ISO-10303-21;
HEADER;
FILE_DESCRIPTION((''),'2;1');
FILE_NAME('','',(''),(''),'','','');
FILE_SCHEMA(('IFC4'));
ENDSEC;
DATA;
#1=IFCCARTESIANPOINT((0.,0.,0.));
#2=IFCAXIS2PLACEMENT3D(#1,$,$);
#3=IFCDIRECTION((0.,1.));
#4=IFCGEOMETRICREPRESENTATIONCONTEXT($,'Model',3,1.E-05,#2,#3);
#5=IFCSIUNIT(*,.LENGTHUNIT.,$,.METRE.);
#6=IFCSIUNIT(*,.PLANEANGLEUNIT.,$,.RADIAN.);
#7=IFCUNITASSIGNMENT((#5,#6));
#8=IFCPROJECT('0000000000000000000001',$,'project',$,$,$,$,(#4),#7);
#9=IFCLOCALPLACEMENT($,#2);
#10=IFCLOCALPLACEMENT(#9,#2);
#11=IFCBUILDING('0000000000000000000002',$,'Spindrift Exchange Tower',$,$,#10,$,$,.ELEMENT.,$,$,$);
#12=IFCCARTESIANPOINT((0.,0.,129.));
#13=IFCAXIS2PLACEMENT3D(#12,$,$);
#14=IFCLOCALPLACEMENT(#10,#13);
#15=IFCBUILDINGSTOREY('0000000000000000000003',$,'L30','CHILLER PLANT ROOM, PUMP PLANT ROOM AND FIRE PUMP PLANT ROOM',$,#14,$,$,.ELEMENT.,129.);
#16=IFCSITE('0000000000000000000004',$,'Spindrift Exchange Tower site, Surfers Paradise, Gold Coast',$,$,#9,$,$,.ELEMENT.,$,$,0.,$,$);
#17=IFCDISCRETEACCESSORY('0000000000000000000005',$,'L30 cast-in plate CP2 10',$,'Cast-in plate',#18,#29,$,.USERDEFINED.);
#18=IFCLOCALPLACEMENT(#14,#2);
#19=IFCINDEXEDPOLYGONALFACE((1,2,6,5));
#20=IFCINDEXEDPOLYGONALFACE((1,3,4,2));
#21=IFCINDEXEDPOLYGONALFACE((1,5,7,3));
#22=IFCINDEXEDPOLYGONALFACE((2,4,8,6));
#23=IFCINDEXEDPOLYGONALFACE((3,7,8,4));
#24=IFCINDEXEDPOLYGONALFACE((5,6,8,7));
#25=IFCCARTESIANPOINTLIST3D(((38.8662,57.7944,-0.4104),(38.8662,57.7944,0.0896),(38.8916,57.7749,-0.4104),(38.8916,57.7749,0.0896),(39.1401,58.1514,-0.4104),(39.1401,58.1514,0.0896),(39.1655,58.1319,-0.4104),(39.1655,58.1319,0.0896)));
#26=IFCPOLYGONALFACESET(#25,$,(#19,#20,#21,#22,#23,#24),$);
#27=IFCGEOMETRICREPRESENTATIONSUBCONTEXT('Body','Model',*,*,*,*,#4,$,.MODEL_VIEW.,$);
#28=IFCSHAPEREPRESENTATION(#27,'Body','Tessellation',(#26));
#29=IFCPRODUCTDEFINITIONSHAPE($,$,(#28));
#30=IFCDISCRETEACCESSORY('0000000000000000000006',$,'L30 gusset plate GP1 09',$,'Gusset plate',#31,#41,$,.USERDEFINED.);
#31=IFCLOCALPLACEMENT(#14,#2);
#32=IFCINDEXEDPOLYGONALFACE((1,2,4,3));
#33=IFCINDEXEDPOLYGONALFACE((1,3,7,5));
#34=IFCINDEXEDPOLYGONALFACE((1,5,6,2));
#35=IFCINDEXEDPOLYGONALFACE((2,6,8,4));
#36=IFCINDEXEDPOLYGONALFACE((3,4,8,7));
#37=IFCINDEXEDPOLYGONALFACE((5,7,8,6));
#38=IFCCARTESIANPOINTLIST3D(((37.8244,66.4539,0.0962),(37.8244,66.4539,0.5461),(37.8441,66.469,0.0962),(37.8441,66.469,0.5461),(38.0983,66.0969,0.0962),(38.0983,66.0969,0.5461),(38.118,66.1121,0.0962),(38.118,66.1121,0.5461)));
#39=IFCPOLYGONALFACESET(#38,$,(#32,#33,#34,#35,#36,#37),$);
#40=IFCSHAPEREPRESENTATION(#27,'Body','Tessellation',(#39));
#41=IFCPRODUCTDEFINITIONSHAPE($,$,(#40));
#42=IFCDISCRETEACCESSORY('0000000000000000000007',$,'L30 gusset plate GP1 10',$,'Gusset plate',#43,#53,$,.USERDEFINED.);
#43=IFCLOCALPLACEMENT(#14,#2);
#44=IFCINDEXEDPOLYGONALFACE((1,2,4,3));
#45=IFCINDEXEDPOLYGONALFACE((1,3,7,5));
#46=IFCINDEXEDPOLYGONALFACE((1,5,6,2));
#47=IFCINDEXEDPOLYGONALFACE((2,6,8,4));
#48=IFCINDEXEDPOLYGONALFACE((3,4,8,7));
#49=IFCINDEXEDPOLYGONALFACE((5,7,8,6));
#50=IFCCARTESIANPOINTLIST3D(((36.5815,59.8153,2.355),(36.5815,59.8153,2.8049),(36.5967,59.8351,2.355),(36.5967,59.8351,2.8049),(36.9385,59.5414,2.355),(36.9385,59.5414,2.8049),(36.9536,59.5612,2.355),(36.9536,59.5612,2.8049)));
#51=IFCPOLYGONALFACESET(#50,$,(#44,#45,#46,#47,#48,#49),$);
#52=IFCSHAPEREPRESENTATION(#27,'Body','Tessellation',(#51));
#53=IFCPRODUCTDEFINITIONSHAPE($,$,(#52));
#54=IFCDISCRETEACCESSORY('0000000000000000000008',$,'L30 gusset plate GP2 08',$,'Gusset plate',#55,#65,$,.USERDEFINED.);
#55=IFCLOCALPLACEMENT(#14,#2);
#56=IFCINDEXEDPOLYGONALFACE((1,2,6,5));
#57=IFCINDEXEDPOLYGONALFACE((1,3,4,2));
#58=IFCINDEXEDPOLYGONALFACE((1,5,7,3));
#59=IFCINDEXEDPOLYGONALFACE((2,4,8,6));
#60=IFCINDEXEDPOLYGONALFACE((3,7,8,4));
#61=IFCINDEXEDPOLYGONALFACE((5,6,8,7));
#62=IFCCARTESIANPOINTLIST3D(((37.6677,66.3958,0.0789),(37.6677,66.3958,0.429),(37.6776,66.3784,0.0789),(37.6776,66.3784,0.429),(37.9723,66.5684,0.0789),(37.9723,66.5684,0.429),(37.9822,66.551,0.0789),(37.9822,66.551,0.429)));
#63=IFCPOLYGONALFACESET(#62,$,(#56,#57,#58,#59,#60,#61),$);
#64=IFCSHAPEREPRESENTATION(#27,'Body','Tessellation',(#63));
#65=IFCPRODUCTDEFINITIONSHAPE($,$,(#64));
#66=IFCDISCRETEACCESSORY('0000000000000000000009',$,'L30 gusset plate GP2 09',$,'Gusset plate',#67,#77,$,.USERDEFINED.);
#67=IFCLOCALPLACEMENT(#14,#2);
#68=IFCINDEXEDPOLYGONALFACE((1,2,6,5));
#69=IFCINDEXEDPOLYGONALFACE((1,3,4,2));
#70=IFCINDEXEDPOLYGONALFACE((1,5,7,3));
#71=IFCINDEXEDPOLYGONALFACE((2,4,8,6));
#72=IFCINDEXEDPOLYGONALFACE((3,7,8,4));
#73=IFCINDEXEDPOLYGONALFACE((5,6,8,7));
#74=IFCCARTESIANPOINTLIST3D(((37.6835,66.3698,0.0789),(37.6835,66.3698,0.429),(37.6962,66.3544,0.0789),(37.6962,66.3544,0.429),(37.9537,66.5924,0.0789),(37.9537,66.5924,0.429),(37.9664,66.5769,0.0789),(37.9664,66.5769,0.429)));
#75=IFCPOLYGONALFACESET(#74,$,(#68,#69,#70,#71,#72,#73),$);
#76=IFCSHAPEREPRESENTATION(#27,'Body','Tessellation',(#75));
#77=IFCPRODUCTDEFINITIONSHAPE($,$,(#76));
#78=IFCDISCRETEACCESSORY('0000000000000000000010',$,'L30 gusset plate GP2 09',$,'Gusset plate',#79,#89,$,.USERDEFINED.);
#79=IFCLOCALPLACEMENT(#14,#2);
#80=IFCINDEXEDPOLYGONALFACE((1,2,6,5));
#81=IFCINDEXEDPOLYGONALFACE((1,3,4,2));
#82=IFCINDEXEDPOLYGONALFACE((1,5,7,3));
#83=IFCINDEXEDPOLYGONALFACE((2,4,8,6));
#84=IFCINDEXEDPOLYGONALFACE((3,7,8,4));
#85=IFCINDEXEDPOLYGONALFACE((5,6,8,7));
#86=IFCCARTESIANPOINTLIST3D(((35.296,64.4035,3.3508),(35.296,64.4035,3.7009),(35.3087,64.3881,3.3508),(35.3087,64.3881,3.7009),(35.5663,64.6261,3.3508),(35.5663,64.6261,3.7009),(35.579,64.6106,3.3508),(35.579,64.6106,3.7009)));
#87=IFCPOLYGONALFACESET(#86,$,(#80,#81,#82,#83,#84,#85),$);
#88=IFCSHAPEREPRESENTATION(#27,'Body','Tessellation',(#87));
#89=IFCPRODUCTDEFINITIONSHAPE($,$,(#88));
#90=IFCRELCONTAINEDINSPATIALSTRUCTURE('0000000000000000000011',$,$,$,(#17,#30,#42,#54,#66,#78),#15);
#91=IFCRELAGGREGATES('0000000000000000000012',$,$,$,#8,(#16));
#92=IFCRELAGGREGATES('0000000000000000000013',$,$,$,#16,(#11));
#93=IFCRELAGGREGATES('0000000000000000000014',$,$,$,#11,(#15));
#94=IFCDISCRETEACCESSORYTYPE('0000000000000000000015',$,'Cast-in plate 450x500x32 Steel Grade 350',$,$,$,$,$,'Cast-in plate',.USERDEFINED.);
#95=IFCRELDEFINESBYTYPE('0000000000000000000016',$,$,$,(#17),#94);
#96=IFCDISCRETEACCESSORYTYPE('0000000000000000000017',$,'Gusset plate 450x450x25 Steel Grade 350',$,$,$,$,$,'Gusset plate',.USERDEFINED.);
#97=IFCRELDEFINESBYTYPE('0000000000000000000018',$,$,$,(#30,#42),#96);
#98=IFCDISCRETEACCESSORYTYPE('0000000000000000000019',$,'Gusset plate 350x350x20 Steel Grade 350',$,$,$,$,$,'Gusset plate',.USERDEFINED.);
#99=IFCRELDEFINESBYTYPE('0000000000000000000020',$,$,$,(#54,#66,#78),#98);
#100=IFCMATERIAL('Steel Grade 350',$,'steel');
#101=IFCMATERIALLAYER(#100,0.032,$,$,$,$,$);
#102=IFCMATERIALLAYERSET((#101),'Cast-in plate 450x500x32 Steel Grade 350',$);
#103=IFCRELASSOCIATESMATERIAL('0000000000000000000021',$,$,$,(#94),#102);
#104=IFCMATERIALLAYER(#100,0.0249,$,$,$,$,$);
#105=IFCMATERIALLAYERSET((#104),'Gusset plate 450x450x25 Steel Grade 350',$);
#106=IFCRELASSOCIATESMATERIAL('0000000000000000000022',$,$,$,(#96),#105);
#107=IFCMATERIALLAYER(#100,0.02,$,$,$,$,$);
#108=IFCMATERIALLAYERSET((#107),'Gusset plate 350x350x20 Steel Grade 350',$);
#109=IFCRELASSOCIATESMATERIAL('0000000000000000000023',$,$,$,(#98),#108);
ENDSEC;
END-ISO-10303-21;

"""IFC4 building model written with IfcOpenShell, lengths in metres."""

from ifc_helpers import new_model, si_unit, direction, frame, origin, origin_2d, place, context, subcontext, project, spatial, rectangle, extrude, source, transform, mapped, material, layer, layer_set, type_object, element, save


model = new_model("IFC4")

# Units and contexts
model_context = context("Model", 3, precision=1e-05, world=origin(), true_north=direction((0.0, 1.0)))
body_context = subcontext(model_context, "Body", "Model", "MODEL_VIEW")
ifc_project = project(units=[si_unit("LENGTHUNIT", "METRE"), si_unit("PLANEANGLEUNIT", "RADIAN")], contexts=[model_context])

# Site, building, storey
site_placement = place(None, origin())
site = spatial("IfcSite", under=ifc_project, at=site_placement, Name="Spindrift Exchange Tower site, Surfers Paradise, Gold Coast", CompositionType="ELEMENT", RefElevation=0.0)
building_placement = place(site_placement, origin())
building = spatial("IfcBuilding", under=site, at=building_placement, Name="Spindrift Exchange Tower", CompositionType="ELEMENT")
storey_placement = place(building_placement, frame((0.0, 0.0, 129.0)))
storey = spatial("IfcBuildingStorey", under=building, at=storey_placement, Name="L30", Description="CHILLER PLANT ROOM, PUMP PLANT ROOM AND FIRE PUMP PLANT ROOM", CompositionType="ELEMENT", Elevation=129.0)

# Shared definitions
ifc_material_1 = material(Name="Steel Grade 350", Category="steel")

# Discrete accessories
ifc_layer_1 = layer(ifc_material_1, 0.032)
ifc_layer_set_1 = layer_set([ifc_layer_1], Name="Cast-in plate 450x500x32 Steel Grade 350")
discrete_accessory_type_1 = type_object("IfcDiscreteAccessoryType", Name="Cast-in plate 450x500x32 Steel Grade 350", ElementType="Cast-in plate", PredefinedType="USERDEFINED", material=ifc_layer_set_1)
shared_shape_1 = source(origin(), body_context, "Body", "SweptSolid", [
    extrude(rectangle(XDim=0.032, YDim=0.45, at=origin_2d()), origin(), (0.0, 0.0, 1.0), 0.5),
])
discrete_accessory_1_placement = place(storey_placement, frame((39.0159, 57.9631, -0.4104), z_axis=(0.0, 0.0, 1.0), x_axis=(-0.793353, 0.608761, 0.0)))
element("IfcDiscreteAccessory", 1, at=discrete_accessory_1_placement, inside=storey, type_object=discrete_accessory_type_1, Name="L30 cast-in plate CP2 10", ObjectType="Cast-in plate", PredefinedType="USERDEFINED", context=body_context, shape_type="MappedRepresentation", body=[
    mapped(shared_shape_1, transform((0.0, 0.0, 0.0), scale=1.0)),
])
ifc_layer_2 = layer(ifc_material_1, 0.0249)
ifc_layer_set_2 = layer_set([ifc_layer_2], Name="Gusset plate 450x450x25 Steel Grade 350")
discrete_accessory_type_2 = type_object("IfcDiscreteAccessoryType", Name="Gusset plate 450x450x25 Steel Grade 350", ElementType="Gusset plate", PredefinedType="USERDEFINED", material=ifc_layer_set_2)
shared_shape_2 = source(origin(), body_context, "Body", "SweptSolid", [
    extrude(rectangle(XDim=0.45, YDim=0.0249, at=origin_2d()), origin(), (0.0, 0.0, 1.0), 0.45),
])
for number, where, z_axis, x_axis, name in (
    (2, (37.9712, 66.283, 0.0962), (0.0, 0.0, 1.0), (-0.608759, 0.793355, 0.0), "L30 gusset plate GP1 09"),
    (3, (36.7676, 59.6882, 2.355), (0.0, 0.0, 1.0), (-0.793352, 0.608763, 0.0), "L30 gusset plate GP1 10"),
):
    element("IfcDiscreteAccessory", number, at=place(storey_placement, frame(where, z_axis=z_axis, x_axis=x_axis)), inside=storey, type_object=discrete_accessory_type_2, Name=name, ObjectType="Gusset plate", PredefinedType="USERDEFINED", context=body_context, shape_type="MappedRepresentation", body=[
        mapped(shared_shape_2, transform((0.0, 0.0, 0.0), scale=1.0)),
    ])
ifc_layer_3 = layer(ifc_material_1, 0.02)
ifc_layer_set_3 = layer_set([ifc_layer_3], Name="Gusset plate 350x350x20 Steel Grade 350")
discrete_accessory_type_3 = type_object("IfcDiscreteAccessoryType", Name="Gusset plate 350x350x20 Steel Grade 350", ElementType="Gusset plate", PredefinedType="USERDEFINED", material=ifc_layer_set_3)
shared_shape_3 = source(origin(), body_context, "Body", "SweptSolid", [
    extrude(rectangle(XDim=0.3501, YDim=0.02, at=origin_2d()), origin(), (0.0, 0.0, 1.0), 0.3501),
])
for number, where, z_axis, x_axis, name in (
    (4, (37.825, 66.4734, 0.0789), (0.0, 0.0, 1.0), (-0.87008, -0.492911, 0.0), "L30 gusset plate GP2 08"),
    (5, (37.825, 66.4734, 0.0789), (0.0, 0.0, 1.0), (-0.771926, -0.635712, 0.0), "L30 gusset plate GP2 09"),
    (6, (35.4375, 64.5071, 3.3508), (0.0, 0.0, 1.0), (-0.771926, -0.635712, 0.0), "L30 gusset plate GP2 09"),
):
    element("IfcDiscreteAccessory", number, at=place(storey_placement, frame(where, z_axis=z_axis, x_axis=x_axis)), inside=storey, type_object=discrete_accessory_type_3, Name=name, ObjectType="Gusset plate", PredefinedType="USERDEFINED", context=body_context, shape_type="MappedRepresentation", body=[
        mapped(shared_shape_3, transform((0.0, 0.0, 0.0), scale=1.0)),
    ])

save(model, "model.ifc")
